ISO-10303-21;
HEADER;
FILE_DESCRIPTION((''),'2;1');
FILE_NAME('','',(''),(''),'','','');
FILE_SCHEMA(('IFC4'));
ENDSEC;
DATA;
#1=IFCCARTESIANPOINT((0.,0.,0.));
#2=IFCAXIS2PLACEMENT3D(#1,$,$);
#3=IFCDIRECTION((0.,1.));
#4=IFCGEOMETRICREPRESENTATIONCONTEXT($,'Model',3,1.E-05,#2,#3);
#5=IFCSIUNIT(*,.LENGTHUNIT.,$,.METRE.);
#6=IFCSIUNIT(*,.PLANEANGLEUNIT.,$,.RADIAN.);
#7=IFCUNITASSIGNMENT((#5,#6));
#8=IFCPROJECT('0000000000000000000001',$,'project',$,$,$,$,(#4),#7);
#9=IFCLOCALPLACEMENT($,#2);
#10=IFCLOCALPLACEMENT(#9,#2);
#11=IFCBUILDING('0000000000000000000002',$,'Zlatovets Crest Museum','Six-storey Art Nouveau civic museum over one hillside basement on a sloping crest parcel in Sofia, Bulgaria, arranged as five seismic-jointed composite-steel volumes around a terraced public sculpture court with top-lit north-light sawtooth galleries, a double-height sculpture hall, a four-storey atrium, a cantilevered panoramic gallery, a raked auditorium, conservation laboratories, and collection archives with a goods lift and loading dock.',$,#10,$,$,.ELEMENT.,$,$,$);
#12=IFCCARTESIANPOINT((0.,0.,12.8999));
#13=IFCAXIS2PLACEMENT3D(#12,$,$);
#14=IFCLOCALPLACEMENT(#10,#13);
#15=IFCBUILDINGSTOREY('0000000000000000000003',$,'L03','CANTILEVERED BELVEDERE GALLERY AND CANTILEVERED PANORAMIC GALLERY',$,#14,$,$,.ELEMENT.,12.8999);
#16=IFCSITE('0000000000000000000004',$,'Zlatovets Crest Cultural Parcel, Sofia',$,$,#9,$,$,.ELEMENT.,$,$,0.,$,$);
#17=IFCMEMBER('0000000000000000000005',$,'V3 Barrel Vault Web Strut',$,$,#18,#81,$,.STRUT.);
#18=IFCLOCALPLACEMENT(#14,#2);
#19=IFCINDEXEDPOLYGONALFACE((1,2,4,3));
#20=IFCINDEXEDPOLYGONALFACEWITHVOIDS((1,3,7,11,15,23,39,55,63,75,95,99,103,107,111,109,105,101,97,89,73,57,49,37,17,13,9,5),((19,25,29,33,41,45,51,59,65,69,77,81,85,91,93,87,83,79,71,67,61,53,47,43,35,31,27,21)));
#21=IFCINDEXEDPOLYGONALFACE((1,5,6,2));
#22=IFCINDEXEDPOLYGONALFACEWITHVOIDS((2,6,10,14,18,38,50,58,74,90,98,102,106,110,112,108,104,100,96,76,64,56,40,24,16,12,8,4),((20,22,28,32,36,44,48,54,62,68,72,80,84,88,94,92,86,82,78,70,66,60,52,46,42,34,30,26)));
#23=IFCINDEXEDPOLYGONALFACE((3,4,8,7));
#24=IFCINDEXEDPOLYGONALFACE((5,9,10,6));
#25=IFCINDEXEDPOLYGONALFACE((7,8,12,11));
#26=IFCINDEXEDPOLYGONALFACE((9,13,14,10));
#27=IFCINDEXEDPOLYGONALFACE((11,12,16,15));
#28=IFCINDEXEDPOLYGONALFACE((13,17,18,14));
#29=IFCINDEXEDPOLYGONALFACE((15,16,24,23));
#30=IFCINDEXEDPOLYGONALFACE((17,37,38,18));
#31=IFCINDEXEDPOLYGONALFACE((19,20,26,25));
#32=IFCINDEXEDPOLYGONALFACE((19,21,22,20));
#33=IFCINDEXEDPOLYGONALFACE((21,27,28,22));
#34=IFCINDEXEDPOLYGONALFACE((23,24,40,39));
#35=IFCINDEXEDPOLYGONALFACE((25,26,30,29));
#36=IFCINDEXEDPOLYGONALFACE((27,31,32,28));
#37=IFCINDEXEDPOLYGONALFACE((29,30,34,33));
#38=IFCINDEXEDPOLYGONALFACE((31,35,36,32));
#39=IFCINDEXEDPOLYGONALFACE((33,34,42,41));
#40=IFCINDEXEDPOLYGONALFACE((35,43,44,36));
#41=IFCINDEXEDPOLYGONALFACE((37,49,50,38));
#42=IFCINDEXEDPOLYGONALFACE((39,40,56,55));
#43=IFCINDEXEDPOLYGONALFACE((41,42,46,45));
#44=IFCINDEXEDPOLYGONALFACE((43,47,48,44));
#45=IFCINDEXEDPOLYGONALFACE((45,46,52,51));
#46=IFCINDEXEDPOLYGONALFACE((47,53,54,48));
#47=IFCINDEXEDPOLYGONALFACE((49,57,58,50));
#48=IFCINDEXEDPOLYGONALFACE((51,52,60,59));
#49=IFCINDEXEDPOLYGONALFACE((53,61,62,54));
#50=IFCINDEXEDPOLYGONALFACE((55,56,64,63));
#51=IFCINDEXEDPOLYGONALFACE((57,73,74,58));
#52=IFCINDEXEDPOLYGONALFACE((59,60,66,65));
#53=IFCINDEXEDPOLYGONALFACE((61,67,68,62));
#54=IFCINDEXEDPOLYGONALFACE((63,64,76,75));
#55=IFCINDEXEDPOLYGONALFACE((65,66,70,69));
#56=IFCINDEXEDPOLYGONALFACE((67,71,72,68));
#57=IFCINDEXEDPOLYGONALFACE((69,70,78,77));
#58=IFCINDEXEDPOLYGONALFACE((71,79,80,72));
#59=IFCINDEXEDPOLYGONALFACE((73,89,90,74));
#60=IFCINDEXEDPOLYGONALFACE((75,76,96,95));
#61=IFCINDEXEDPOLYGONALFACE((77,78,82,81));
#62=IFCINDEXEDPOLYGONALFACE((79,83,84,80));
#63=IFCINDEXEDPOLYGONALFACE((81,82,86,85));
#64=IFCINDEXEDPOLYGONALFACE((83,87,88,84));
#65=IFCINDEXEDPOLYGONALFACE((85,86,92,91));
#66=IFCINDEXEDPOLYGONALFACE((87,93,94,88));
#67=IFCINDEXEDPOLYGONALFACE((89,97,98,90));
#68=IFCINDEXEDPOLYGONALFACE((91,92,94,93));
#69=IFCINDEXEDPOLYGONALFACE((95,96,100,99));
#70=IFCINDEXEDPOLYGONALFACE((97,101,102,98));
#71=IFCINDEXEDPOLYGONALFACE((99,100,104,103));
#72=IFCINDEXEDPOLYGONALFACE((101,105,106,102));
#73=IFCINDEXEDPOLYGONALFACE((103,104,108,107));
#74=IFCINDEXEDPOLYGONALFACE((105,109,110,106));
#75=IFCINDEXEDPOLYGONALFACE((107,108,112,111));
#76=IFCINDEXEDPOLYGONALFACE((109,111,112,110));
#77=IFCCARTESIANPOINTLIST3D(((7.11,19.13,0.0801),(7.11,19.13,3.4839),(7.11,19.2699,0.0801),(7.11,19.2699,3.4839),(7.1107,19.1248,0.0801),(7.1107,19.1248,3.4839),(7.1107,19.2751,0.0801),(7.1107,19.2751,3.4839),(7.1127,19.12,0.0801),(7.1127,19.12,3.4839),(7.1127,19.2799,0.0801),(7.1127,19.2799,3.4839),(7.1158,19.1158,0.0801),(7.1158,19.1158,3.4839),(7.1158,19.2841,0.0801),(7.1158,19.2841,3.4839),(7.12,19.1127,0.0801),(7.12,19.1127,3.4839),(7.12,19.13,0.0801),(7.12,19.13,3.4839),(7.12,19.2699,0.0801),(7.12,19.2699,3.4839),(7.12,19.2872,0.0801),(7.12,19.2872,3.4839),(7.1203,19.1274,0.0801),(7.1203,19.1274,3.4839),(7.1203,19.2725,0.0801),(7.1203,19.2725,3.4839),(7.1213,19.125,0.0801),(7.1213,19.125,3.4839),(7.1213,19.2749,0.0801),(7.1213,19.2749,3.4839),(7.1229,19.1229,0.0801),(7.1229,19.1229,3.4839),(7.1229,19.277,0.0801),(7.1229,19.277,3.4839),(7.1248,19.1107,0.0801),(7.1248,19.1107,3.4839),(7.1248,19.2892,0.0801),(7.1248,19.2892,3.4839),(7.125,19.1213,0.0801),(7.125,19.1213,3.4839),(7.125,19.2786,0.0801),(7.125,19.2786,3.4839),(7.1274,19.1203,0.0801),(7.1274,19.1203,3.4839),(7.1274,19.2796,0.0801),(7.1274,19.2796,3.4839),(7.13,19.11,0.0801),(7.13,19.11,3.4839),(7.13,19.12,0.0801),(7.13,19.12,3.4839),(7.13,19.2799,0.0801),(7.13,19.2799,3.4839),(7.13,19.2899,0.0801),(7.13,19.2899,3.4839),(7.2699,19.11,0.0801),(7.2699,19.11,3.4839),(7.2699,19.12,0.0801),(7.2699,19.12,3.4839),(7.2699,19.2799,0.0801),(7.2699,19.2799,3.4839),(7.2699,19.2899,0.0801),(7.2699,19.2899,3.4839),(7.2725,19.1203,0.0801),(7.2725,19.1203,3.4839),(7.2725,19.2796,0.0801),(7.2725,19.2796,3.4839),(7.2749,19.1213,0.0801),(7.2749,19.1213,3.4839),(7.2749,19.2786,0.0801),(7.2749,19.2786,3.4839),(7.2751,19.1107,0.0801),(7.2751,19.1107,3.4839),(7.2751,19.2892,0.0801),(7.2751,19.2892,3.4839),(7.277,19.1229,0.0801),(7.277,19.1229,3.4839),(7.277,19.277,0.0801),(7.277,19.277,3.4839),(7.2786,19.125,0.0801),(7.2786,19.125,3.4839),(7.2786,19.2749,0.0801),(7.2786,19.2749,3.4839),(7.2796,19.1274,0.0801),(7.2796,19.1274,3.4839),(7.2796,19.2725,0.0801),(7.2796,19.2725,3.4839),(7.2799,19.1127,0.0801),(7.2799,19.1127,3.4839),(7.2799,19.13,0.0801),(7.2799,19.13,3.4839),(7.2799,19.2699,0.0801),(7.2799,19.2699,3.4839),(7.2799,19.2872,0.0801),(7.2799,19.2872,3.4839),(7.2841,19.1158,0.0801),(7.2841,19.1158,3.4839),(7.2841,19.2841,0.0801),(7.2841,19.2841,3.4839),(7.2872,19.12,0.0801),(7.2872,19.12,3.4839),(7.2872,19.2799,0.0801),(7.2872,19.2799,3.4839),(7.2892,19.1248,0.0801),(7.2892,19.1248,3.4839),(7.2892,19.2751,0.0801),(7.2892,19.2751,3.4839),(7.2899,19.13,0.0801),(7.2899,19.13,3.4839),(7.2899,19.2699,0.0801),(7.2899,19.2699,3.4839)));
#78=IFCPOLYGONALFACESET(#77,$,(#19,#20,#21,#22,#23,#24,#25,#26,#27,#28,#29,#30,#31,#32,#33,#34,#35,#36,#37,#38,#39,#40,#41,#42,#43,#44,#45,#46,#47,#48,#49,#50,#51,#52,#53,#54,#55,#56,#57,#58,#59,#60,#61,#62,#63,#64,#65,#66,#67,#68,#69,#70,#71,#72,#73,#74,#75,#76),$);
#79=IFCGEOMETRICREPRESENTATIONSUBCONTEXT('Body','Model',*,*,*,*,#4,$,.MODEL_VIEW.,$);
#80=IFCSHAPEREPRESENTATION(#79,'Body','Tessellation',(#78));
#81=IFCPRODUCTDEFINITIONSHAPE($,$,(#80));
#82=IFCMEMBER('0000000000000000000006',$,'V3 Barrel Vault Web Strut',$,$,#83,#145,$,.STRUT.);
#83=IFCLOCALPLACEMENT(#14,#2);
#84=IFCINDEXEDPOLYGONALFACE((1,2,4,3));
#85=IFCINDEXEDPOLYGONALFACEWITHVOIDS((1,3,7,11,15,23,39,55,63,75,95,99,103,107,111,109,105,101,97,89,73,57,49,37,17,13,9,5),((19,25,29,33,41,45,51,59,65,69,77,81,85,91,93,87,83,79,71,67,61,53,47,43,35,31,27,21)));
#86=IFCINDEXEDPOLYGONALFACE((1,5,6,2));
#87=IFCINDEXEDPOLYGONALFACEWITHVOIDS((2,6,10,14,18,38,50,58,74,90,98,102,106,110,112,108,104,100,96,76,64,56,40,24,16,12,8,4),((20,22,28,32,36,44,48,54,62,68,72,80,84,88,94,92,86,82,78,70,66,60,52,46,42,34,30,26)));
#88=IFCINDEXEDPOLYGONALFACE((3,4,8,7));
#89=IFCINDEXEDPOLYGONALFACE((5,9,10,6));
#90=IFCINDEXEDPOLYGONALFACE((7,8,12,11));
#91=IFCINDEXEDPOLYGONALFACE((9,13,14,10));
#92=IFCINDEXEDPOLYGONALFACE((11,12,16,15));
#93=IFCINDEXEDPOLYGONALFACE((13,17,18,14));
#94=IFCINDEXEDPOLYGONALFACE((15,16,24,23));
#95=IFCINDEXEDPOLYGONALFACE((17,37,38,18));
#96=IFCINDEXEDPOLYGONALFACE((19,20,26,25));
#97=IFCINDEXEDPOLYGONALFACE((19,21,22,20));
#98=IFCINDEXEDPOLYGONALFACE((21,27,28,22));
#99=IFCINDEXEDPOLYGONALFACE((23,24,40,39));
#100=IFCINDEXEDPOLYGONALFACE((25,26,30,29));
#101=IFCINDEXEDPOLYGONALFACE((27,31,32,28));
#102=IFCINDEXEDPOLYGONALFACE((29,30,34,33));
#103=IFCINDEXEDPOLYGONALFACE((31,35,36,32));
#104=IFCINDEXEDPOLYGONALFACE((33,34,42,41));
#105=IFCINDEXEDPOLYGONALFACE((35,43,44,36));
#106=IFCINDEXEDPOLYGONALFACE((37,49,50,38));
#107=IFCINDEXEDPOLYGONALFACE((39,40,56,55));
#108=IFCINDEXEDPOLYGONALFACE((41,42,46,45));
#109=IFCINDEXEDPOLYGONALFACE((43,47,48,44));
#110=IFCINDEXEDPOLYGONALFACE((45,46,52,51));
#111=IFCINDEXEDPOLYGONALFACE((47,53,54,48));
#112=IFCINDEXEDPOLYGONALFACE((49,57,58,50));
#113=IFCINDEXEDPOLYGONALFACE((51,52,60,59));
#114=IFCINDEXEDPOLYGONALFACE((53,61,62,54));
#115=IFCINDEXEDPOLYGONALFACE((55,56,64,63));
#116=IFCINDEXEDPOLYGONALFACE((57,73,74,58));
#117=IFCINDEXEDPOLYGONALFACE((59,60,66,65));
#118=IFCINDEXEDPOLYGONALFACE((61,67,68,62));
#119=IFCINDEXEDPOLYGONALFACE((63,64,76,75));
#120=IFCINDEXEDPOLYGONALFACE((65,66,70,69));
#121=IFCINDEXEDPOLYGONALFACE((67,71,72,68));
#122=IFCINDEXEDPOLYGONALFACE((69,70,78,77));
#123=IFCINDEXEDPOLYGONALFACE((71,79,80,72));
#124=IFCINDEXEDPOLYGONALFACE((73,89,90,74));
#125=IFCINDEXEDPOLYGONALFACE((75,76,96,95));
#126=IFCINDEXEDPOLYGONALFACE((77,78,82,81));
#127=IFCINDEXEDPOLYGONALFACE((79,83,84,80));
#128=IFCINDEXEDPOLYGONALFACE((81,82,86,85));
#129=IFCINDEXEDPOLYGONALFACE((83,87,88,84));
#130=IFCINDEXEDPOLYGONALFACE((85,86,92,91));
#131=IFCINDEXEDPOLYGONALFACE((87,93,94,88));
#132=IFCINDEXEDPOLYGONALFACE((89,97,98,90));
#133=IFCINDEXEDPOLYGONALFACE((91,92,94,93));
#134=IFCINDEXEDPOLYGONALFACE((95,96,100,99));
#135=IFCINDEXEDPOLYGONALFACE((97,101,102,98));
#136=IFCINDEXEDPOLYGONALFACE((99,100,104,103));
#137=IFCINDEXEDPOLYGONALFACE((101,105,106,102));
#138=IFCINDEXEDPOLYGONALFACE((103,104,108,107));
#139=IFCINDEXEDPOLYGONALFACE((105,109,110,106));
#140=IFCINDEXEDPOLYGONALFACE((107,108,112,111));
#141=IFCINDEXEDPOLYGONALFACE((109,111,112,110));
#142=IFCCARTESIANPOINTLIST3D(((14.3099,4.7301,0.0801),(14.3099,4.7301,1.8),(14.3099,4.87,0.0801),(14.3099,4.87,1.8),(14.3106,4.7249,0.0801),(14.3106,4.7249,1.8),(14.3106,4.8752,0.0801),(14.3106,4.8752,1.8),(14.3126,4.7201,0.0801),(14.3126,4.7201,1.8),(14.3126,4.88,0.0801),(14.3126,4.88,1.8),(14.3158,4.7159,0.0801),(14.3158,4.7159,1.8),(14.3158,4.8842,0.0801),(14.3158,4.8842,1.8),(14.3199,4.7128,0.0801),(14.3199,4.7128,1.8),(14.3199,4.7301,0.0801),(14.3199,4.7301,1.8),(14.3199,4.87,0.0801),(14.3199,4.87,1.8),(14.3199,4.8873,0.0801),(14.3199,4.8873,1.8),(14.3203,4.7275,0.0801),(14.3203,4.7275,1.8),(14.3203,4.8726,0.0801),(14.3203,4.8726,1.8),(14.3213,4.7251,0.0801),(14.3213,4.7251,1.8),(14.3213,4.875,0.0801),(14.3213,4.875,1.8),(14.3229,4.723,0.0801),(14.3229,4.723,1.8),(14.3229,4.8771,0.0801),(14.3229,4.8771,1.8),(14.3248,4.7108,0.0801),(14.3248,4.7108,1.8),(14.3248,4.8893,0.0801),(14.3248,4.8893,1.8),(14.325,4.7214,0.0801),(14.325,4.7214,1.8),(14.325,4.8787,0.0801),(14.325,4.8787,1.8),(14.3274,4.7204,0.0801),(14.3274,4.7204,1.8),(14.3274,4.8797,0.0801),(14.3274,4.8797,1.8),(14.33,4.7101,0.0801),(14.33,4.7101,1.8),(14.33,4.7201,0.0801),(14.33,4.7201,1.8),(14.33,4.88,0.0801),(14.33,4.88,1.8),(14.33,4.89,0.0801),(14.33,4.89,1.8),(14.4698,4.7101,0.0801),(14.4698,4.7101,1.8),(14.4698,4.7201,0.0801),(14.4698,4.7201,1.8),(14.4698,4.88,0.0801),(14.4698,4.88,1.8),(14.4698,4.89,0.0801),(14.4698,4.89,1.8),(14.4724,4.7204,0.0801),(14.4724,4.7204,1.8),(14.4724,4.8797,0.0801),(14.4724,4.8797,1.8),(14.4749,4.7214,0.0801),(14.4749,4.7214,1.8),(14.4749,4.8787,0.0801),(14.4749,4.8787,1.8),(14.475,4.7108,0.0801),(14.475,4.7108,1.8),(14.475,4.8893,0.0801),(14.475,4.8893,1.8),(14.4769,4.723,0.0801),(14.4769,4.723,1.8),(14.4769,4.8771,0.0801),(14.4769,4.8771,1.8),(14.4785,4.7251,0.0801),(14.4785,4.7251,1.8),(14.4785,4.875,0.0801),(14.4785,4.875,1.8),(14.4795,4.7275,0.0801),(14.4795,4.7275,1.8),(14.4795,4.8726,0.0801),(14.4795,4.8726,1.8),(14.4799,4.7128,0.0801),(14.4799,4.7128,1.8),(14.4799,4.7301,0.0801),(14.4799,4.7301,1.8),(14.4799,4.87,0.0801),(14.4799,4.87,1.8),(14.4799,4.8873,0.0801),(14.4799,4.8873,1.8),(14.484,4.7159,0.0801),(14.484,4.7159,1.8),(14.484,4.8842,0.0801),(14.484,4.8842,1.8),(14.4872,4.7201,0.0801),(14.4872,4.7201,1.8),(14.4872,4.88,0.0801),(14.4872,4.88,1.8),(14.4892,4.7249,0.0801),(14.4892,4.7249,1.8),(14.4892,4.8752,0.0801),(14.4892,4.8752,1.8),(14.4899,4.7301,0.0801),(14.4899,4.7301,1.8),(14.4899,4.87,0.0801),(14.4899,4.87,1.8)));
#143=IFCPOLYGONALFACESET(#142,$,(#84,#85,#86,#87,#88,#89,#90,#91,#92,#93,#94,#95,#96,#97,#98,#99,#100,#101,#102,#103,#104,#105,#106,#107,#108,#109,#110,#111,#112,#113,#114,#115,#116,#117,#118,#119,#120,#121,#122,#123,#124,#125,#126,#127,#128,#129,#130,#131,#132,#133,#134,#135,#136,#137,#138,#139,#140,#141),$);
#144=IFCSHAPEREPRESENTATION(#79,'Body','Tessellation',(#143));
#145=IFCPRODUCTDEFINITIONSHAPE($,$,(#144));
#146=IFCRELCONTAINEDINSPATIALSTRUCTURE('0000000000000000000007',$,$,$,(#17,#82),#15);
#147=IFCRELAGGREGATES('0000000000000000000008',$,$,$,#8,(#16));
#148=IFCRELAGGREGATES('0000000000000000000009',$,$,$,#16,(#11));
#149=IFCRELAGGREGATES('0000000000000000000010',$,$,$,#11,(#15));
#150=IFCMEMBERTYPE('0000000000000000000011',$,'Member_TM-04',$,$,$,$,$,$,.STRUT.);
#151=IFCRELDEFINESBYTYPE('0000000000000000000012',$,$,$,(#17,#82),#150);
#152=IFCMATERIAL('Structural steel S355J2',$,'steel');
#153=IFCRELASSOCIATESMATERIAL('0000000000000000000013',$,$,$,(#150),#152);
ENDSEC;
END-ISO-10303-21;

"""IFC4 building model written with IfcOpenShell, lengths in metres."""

from ifc_helpers import new_model, si_unit, direction, frame, origin, origin_2d, place, context, subcontext, project, spatial, hollow_rectangle, extrude, material, material_profile, profile_set, type_object, element, save


model = new_model("IFC4")

# Units and contexts
model_context = context("Model", 3, precision=1e-05, world=origin(), true_north=direction((0.0, 1.0)))
body_context = subcontext(model_context, "Body", "Model", "MODEL_VIEW")
ifc_project = project(units=[si_unit("LENGTHUNIT", "METRE"), si_unit("PLANEANGLEUNIT", "RADIAN")], contexts=[model_context])

# Site, building, storey
site_placement = place(None, origin())
site = spatial("IfcSite", under=ifc_project, at=site_placement, Name="Zlatovets Crest Cultural Parcel, Sofia", CompositionType="ELEMENT", RefElevation=0.0)
building_placement = place(site_placement, origin())
building = spatial("IfcBuilding", under=site, at=building_placement, Name="Zlatovets Crest Museum", Description="Six-storey Art Nouveau civic museum over one hillside basement on a sloping crest parcel in Sofia, Bulgaria, arranged as five seismic-jointed composite-steel volumes around a terraced public sculpture court with top-lit north-light sawtooth galleries, a double-height sculpture hall, a four-storey atrium, a cantilevered panoramic gallery, a raked auditorium, conservation laboratories, and collection archives with a goods lift and loading dock.", CompositionType="ELEMENT")
storey_placement = place(building_placement, frame((0.0, 0.0, 12.8999)))
storey = spatial("IfcBuildingStorey", under=building, at=storey_placement, Name="L03", Description="CANTILEVERED BELVEDERE GALLERY AND CANTILEVERED PANORAMIC GALLERY", CompositionType="ELEMENT", Elevation=12.8999)

# Shared definitions
ifc_material_1 = material(Name="Structural steel S355J2", Category="steel")

# Members
ifc_material_profile_1 = material_profile(ifc_material_1, hollow_rectangle(XDim=0.1799, YDim=0.1799, WallThickness=0.01, InnerFilletRadius=0.01, OuterFilletRadius=0.02, at=origin_2d()), Name="SHS 180x180x10.0")
ifc_profile_set_1 = profile_set([ifc_material_profile_1], Name="Structural steel S355J2")
member_type_1 = type_object("IfcMemberType", Name="Member_TM-04", PredefinedType="STRUT", material=ifc_profile_set_1)
member_1_placement = place(storey_placement, frame((7.2, 19.2, 0.0801), z_axis=(0.0, 0.0, 1.0), x_axis=(1.0, 0.0, 0.0)))
element("IfcMember", 1, at=member_1_placement, inside=storey, type_object=member_type_1, Name="V3 Barrel Vault Web Strut", PredefinedType="STRUT", context=body_context, shape_type="SweptSolid", body=[
    extrude(hollow_rectangle(XDim=0.1799, YDim=0.1799, WallThickness=0.01, InnerFilletRadius=0.01, OuterFilletRadius=0.02, at=origin_2d()), origin(), (0.0, 0.0, 1.0), 3.4038),
])
member_2_placement = place(storey_placement, frame((14.3999, 4.8, 0.0801), z_axis=(0.0, 0.0, 1.0), x_axis=(1.0, 0.0, 0.0)))
element("IfcMember", 2, at=member_2_placement, inside=storey, type_object=member_type_1, Name="V3 Barrel Vault Web Strut", PredefinedType="STRUT", context=body_context, shape_type="SweptSolid", body=[
    extrude(hollow_rectangle(XDim=0.1799, YDim=0.1799, WallThickness=0.01, InnerFilletRadius=0.01, OuterFilletRadius=0.02, at=origin_2d()), origin(), (0.0, 0.0, 1.0), 1.72),
])

save(model, "model.ifc")
